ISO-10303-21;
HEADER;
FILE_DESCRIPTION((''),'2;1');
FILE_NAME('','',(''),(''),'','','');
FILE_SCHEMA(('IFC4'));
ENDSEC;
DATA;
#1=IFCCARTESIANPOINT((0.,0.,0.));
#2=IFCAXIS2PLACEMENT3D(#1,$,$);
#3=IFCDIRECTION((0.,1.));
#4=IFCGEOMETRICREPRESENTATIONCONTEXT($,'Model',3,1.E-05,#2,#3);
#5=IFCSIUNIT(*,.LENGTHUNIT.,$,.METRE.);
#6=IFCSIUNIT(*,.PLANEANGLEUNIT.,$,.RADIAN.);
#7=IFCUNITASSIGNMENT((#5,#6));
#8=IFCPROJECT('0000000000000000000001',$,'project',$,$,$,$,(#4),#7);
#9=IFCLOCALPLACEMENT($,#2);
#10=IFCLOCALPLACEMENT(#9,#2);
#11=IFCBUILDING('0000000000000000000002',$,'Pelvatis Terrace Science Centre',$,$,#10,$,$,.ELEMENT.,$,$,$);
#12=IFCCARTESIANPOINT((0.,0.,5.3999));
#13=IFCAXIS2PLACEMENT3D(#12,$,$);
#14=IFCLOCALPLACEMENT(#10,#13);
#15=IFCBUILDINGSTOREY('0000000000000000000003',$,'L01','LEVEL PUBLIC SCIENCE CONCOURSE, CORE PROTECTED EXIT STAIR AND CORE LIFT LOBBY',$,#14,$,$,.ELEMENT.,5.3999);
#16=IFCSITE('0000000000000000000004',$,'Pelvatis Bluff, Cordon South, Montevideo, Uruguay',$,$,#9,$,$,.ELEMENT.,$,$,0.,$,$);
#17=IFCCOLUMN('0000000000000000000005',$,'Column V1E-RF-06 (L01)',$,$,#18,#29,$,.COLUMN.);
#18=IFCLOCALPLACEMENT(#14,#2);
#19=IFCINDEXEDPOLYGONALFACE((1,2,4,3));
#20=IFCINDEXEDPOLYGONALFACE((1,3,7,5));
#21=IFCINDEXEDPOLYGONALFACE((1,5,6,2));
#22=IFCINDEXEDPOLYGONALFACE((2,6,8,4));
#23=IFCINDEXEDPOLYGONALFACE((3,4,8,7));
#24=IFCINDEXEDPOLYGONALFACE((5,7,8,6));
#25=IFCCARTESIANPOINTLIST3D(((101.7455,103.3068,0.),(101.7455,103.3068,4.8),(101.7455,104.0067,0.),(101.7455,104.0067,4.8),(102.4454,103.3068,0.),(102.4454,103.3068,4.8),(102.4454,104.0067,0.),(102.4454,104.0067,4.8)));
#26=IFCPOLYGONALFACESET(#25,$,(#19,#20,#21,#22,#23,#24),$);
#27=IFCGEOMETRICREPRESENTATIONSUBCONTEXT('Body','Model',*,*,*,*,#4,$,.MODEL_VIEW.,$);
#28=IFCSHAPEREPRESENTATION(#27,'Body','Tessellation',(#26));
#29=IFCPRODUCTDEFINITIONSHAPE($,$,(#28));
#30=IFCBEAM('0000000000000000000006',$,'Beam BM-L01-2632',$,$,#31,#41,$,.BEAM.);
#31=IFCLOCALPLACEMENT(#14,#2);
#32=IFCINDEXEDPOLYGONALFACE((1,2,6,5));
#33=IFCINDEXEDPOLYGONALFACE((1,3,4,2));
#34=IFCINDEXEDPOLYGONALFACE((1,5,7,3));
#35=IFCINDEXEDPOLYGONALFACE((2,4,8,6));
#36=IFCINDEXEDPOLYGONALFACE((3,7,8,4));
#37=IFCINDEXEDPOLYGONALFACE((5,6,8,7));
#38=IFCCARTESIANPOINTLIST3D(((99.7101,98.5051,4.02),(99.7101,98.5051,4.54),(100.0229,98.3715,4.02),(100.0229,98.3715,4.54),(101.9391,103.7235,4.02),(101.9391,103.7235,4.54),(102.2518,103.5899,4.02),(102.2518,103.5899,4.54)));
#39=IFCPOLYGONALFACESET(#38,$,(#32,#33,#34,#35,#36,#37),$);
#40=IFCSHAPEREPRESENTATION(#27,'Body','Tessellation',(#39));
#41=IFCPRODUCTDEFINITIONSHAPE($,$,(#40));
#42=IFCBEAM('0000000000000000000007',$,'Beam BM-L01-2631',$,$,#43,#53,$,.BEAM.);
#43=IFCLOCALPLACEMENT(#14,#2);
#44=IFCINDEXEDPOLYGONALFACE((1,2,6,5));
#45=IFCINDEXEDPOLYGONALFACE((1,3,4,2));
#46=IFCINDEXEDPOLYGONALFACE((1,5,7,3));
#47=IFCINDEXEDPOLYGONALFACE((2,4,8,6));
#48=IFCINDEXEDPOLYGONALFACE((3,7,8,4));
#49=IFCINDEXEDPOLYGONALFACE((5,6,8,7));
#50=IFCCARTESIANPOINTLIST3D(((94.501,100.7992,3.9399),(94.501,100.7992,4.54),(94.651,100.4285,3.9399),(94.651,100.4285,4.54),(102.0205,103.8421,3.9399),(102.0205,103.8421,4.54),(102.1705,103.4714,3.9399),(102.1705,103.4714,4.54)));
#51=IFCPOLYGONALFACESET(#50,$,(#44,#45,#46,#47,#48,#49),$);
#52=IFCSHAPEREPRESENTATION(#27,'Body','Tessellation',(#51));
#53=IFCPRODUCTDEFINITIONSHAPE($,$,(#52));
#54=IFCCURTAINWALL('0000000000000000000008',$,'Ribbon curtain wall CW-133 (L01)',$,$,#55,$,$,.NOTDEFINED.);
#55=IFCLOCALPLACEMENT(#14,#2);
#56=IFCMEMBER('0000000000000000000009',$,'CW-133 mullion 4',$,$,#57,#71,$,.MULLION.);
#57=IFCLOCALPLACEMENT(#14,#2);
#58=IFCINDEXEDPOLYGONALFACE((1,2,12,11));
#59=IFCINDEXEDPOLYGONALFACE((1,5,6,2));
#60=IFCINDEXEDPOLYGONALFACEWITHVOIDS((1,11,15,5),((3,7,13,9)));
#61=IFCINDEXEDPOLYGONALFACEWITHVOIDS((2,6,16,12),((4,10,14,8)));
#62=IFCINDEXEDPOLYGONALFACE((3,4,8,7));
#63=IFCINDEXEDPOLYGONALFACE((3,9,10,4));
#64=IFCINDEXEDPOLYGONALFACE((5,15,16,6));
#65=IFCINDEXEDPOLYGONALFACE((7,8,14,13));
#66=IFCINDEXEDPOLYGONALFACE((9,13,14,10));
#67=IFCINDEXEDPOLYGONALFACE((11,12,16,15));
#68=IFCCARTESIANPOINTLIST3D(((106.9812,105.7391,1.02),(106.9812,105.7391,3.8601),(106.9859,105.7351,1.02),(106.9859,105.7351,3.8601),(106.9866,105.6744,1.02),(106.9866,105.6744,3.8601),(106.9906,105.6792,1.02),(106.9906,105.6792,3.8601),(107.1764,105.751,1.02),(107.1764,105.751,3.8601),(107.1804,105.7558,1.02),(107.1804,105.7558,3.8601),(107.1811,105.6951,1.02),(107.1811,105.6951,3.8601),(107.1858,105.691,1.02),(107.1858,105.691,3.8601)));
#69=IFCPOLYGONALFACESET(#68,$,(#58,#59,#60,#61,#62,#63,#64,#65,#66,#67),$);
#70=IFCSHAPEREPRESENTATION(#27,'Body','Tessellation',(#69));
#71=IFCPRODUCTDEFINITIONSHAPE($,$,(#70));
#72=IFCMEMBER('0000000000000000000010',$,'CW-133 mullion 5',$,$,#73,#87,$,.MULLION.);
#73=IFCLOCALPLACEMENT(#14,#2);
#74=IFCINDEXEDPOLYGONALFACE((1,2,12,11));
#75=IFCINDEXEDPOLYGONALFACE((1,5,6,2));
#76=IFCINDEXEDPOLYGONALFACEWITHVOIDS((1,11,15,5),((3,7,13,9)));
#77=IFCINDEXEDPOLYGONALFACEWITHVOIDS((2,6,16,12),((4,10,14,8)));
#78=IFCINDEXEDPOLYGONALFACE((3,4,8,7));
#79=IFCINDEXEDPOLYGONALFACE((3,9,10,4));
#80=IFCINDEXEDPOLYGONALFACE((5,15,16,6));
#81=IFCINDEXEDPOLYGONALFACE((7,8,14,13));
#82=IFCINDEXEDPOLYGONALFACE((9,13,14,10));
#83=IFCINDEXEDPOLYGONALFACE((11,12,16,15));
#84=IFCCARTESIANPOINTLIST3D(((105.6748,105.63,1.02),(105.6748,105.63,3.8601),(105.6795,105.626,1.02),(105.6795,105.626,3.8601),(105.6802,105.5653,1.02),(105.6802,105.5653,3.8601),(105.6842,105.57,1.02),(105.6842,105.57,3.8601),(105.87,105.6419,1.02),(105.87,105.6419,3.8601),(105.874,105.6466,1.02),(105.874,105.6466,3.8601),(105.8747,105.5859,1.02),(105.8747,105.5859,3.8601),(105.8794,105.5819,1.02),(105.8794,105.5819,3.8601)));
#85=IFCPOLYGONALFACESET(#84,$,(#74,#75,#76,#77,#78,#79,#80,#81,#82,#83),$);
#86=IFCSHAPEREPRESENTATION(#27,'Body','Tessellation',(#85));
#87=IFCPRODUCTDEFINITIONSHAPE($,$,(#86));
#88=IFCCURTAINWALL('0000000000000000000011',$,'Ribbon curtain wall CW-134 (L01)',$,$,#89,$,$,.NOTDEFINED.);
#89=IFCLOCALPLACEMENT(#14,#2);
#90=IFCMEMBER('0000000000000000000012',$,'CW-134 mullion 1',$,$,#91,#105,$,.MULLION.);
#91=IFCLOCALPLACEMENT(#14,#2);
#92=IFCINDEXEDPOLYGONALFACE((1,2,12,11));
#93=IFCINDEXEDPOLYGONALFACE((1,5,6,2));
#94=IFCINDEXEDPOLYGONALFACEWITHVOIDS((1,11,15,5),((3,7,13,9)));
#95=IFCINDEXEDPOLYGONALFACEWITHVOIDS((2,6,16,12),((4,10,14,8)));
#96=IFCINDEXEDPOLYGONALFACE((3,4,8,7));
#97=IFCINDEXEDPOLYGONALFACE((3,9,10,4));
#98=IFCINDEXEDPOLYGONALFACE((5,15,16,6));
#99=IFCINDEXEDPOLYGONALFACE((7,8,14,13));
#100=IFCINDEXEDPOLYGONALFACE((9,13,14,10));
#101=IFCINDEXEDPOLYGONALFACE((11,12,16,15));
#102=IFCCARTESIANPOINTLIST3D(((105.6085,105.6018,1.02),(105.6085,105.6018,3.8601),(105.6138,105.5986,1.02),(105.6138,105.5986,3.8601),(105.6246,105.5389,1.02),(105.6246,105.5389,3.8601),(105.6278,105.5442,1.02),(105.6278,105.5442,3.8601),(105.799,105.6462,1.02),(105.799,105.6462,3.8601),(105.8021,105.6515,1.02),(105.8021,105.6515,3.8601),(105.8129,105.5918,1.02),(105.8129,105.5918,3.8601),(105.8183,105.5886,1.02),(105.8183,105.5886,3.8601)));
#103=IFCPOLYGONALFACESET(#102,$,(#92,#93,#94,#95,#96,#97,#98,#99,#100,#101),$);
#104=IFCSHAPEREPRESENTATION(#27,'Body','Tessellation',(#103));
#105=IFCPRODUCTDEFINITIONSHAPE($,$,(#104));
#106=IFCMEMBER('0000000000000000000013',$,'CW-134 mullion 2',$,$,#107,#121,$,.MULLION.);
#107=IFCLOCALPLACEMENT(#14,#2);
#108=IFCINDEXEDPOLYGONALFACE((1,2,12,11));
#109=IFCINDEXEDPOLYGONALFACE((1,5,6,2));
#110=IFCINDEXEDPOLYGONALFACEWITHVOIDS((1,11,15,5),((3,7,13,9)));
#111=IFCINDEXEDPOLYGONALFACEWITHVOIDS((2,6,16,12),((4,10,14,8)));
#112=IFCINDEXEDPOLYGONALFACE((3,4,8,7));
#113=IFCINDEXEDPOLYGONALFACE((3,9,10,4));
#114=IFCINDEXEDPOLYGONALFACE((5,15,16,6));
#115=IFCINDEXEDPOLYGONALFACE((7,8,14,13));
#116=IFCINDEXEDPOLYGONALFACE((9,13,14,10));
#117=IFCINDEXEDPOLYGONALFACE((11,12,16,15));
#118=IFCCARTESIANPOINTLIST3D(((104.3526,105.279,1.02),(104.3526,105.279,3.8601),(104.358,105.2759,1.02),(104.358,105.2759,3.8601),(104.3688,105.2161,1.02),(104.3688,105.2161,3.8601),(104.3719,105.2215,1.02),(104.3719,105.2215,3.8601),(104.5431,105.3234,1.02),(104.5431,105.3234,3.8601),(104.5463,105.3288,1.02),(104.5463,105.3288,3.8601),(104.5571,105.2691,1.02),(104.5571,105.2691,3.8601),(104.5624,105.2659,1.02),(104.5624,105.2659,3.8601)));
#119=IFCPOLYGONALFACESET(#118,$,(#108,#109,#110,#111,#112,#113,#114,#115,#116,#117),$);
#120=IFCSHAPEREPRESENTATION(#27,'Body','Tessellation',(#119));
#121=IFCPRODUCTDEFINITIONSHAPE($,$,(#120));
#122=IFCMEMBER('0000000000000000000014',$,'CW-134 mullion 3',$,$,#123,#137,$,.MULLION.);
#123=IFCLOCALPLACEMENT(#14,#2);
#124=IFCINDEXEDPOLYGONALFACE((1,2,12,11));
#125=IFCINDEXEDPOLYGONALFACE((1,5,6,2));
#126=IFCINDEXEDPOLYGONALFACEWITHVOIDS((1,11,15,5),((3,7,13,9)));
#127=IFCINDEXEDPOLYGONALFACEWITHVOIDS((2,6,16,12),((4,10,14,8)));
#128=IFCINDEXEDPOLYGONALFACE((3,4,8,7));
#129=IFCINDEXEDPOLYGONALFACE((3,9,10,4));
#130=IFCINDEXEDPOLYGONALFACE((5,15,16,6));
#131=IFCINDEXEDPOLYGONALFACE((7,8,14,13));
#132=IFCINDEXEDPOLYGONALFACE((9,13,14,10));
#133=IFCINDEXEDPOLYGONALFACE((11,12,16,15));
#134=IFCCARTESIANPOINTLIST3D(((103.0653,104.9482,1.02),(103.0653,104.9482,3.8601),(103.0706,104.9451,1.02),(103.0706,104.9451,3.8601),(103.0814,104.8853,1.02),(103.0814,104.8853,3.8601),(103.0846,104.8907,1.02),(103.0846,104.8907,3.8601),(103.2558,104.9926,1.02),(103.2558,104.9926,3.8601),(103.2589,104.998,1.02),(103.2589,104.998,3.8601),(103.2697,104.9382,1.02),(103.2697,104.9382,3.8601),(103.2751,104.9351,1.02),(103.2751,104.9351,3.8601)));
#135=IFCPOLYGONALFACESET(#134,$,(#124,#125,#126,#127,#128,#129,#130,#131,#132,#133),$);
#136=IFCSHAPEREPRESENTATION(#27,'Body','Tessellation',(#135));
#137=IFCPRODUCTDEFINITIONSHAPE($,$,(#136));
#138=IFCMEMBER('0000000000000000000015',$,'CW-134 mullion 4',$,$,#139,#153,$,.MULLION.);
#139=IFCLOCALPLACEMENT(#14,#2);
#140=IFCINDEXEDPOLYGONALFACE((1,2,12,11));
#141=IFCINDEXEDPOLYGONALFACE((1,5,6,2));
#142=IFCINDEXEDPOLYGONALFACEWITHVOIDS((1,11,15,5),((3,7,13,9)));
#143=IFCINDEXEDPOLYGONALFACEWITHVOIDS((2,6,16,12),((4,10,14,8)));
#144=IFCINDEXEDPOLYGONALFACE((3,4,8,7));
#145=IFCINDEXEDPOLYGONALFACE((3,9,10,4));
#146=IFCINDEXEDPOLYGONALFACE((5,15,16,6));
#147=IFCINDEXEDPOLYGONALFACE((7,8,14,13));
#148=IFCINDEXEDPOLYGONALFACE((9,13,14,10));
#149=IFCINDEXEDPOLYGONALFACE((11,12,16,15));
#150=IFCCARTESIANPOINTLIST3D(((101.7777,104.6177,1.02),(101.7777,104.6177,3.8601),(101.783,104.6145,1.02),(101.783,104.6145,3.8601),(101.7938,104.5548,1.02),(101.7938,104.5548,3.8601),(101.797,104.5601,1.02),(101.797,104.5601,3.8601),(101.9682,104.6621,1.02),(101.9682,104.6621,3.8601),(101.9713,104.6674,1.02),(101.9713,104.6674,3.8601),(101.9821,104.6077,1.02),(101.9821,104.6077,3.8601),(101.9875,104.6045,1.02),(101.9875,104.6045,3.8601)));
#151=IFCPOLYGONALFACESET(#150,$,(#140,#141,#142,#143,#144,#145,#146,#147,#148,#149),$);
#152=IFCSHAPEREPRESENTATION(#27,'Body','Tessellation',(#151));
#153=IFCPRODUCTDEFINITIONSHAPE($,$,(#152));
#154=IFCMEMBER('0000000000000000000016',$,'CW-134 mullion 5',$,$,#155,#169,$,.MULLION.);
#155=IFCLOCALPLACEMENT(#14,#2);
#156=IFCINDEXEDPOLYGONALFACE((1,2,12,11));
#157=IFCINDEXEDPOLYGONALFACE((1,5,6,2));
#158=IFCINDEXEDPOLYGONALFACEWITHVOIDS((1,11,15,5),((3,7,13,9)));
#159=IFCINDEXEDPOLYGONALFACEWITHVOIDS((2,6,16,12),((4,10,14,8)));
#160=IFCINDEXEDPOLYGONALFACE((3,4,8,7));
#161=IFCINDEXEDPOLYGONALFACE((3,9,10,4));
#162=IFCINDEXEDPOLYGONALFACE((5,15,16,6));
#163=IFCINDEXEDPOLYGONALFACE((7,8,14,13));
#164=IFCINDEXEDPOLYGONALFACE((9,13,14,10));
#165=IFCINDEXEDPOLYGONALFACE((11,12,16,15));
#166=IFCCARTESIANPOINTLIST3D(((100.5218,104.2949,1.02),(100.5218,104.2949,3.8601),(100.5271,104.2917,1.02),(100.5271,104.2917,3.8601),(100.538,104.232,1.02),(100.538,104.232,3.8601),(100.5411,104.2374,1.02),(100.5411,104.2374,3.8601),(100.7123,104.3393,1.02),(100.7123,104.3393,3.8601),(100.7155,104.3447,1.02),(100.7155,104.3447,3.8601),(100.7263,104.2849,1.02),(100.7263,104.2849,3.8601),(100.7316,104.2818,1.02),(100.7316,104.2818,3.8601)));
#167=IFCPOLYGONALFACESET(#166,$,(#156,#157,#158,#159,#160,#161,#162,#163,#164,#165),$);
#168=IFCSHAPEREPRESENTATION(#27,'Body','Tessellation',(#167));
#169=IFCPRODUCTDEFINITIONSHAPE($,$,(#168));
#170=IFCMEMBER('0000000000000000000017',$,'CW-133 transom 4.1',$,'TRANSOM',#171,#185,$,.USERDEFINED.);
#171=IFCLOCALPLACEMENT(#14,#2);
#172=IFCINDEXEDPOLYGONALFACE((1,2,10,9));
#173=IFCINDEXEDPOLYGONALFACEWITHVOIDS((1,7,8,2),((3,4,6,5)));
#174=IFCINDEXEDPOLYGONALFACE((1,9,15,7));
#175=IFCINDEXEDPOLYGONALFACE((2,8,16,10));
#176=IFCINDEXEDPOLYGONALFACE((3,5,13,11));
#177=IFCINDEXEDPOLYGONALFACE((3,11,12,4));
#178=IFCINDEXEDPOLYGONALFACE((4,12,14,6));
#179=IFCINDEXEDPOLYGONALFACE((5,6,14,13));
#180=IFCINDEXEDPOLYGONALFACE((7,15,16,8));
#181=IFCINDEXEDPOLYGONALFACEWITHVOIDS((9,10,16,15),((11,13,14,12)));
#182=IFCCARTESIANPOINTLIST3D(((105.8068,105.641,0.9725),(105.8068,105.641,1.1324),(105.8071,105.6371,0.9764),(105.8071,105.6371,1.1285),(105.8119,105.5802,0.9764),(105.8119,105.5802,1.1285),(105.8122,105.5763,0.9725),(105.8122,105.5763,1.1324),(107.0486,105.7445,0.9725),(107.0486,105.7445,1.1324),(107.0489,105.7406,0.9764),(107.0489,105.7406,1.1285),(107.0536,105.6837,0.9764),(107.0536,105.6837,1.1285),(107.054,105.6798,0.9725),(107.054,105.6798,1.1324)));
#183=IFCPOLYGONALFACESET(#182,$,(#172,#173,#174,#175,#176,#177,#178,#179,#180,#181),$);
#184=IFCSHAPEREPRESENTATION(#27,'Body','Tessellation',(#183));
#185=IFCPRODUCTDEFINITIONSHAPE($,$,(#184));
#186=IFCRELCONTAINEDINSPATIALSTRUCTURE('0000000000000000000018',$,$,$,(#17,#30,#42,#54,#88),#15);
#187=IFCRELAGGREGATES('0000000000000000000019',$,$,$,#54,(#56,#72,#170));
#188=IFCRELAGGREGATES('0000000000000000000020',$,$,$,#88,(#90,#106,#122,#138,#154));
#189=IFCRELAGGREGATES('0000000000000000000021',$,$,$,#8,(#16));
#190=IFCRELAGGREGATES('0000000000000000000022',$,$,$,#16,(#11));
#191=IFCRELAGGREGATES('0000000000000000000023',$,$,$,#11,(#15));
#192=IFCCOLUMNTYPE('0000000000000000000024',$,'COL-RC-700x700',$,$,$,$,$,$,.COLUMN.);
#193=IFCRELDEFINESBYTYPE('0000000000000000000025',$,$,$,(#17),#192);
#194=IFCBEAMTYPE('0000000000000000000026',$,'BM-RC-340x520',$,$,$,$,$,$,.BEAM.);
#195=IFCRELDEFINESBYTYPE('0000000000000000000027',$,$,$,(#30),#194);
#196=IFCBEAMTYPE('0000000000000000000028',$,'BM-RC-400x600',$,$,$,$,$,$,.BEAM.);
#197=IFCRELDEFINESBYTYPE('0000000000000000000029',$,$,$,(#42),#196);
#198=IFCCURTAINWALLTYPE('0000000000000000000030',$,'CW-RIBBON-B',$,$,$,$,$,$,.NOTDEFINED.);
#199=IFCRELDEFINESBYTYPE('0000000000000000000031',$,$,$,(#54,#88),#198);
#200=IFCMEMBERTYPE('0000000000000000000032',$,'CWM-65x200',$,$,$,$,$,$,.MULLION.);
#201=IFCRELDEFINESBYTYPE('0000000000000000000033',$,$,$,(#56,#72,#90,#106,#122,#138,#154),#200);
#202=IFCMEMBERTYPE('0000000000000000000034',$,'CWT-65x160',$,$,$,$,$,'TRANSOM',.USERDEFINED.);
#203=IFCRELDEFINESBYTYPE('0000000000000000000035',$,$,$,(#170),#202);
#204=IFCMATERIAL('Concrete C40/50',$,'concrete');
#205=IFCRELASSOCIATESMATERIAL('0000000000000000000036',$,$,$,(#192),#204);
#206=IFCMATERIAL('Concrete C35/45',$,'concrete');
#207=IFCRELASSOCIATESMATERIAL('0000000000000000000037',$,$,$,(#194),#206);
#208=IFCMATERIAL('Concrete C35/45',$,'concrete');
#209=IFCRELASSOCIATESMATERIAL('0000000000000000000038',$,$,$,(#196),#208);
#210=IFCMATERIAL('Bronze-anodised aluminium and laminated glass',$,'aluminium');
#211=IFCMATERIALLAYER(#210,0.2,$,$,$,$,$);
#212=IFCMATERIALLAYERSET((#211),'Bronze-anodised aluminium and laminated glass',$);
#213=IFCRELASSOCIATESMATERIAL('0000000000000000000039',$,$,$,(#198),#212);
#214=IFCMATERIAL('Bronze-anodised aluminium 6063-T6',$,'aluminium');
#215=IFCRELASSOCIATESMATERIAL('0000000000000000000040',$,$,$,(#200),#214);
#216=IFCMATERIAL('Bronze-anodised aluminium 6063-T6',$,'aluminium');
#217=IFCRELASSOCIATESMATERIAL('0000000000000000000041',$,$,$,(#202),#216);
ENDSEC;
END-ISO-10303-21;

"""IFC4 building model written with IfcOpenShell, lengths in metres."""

from ifc_helpers import new_model, si_unit, direction, frame, origin, origin_2d, place, context, subcontext, project, spatial, rectangle, hollow_rectangle, extrude, material, layer, layer_set, material_profile, profile_set, type_object, element, aggregate, save


model = new_model("IFC4")

# Units and contexts
model_context = context("Model", 3, precision=1e-05, world=origin(), true_north=direction((0.0, 1.0)))
body_context = subcontext(model_context, "Body", "Model", "MODEL_VIEW")
ifc_project = project(units=[si_unit("LENGTHUNIT", "METRE"), si_unit("PLANEANGLEUNIT", "RADIAN")], contexts=[model_context])

# Site, building, storey
site_placement = place(None, origin())
site = spatial("IfcSite", under=ifc_project, at=site_placement, Name="Pelvatis Bluff, Cordon South, Montevideo, Uruguay", CompositionType="ELEMENT", RefElevation=0.0)
building_placement = place(site_placement, origin())
building = spatial("IfcBuilding", under=site, at=building_placement, Name="Pelvatis Terrace Science Centre", CompositionType="ELEMENT")
storey_placement = place(building_placement, frame((0.0, 0.0, 5.3999)))
storey = spatial("IfcBuildingStorey", under=building, at=storey_placement, Name="L01", Description="LEVEL PUBLIC SCIENCE CONCOURSE, CORE PROTECTED EXIT STAIR AND CORE LIFT LOBBY", CompositionType="ELEMENT", Elevation=5.3999)

# Column
ifc_material_1 = material(Name="Concrete C40/50", Category="concrete")
ifc_material_profile_1 = material_profile(ifc_material_1, rectangle(XDim=0.7, YDim=0.7, at=origin_2d()), Name="RC-COL 700x700")
ifc_profile_set_1 = profile_set([ifc_material_profile_1], Name="Concrete C40/50")
column_type = type_object("IfcColumnType", Name="COL-RC-700x700", PredefinedType="COLUMN", material=ifc_profile_set_1)
column_placement = place(storey_placement, frame((102.0955, 103.6567, 0.0), z_axis=(0.0, 0.0, 1.0), x_axis=(1.0, 0.0, 0.0)))
element("IfcColumn", 1, at=column_placement, inside=storey, type_object=column_type, Name="Column V1E-RF-06 (L01)", PredefinedType="COLUMN", context=body_context, shape_type="SweptSolid", body=[
    extrude(rectangle(XDim=0.7, YDim=0.7, at=origin_2d()), origin(), (0.0, 0.0, 1.0), 4.8),
])

# Beams
ifc_material_2 = material(Name="Concrete C35/45", Category="concrete")
ifc_material_profile_2 = material_profile(ifc_material_2, rectangle(XDim=0.3401, YDim=0.52, at=origin_2d()), Name="RC-BM 340x520")
ifc_profile_set_2 = profile_set([ifc_material_profile_2], Name="Concrete C35/45")
beam_type_1 = type_object("IfcBeamType", Name="BM-RC-340x520", PredefinedType="BEAM", material=ifc_profile_set_2)
beam_1_placement = place(storey_placement, frame((102.0955, 103.6567, 4.28), z_axis=(-0.392803, -0.919623, 0.0), x_axis=(0.919623, -0.392803, 0.0)))
element("IfcBeam", 2, at=beam_1_placement, inside=storey, type_object=beam_type_1, Name="Beam BM-L01-2632", PredefinedType="BEAM", context=body_context, shape_type="SweptSolid", body=[
    extrude(rectangle(XDim=0.3401, YDim=0.52, at=origin_2d()), origin(), (0.0, 0.0, 1.0), 5.6746),
])
ifc_material_3 = material(Name="Concrete C35/45", Category="concrete")
ifc_material_profile_3 = material_profile(ifc_material_3, rectangle(XDim=0.3999, YDim=0.6001, at=origin_2d()), Name="RC-BM 400x600")
ifc_profile_set_3 = profile_set([ifc_material_profile_3], Name="Concrete C35/45")
beam_type_2 = type_object("IfcBeamType", Name="BM-RC-400x600", PredefinedType="BEAM", material=ifc_profile_set_3)
beam_2_placement = place(storey_placement, frame((102.0955, 103.6567, 4.24), z_axis=(-0.926975, -0.375124, 0.0), x_axis=(0.375124, -0.926975, 0.0)))
element("IfcBeam", 3, at=beam_2_placement, inside=storey, type_object=beam_type_2, Name="Beam BM-L01-2631", PredefinedType="BEAM", context=body_context, shape_type="SweptSolid", body=[
    extrude(rectangle(XDim=0.3999, YDim=0.6001, at=origin_2d()), origin(), (0.0, 0.0, 1.0), 8.1118),
])

# Curtain walls, members
ifc_material_4 = material(Name="Bronze-anodised aluminium and laminated glass", Category="aluminium")
ifc_layer_1 = layer(ifc_material_4, 0.2)
ifc_layer_set_1 = layer_set([ifc_layer_1], Name="Bronze-anodised aluminium and laminated glass")
curtain_wall_type = type_object("IfcCurtainWallType", Name="CW-RIBBON-B", PredefinedType="NOTDEFINED", material=ifc_layer_set_1)
curtain_wall_1_placement = place(storey_placement, origin())
curtain_wall_1 = element("IfcCurtainWall", 4, at=curtain_wall_1_placement, inside=storey, type_object=curtain_wall_type, Name="Ribbon curtain wall CW-133 (L01)", PredefinedType="NOTDEFINED")
ifc_material_5 = material(Name="Bronze-anodised aluminium 6063-T6", Category="aluminium")
ifc_material_profile_4 = material_profile(ifc_material_5, hollow_rectangle(XDim=0.0649, YDim=0.2, WallThickness=0.0044, at=origin_2d()), Name="ALU-MUL 65x200")
ifc_profile_set_4 = profile_set([ifc_material_profile_4], Name="Bronze-anodised aluminium 6063-T6")
member_type_1 = type_object("IfcMemberType", Name="CWM-65x200", PredefinedType="MULLION", material=ifc_profile_set_4)
member_1_placement = place(storey_placement, frame((107.0835, 105.7151, 1.02), z_axis=(0.0, 0.0, 1.0), x_axis=(0.083126, -0.996539, 0.0)))
member_1 = element("IfcMember", 5, at=member_1_placement, type_object=member_type_1, Name="CW-133 mullion 4", PredefinedType="MULLION", context=body_context, shape_type="SweptSolid", body=[
    extrude(hollow_rectangle(XDim=0.0649, YDim=0.2, WallThickness=0.0044, at=origin_2d()), origin(), (0.0, 0.0, 1.0), 2.8401),
])
member_2_placement = place(storey_placement, frame((105.7771, 105.606, 1.02), z_axis=(0.0, 0.0, 1.0), x_axis=(0.083126, -0.996539, 0.0)))
member_2 = element("IfcMember", 6, at=member_2_placement, type_object=member_type_1, Name="CW-133 mullion 5", PredefinedType="MULLION", context=body_context, shape_type="SweptSolid", body=[
    extrude(hollow_rectangle(XDim=0.0649, YDim=0.2, WallThickness=0.0044, at=origin_2d()), origin(), (0.0, 0.0, 1.0), 2.8401),
])
curtain_wall_2_placement = place(storey_placement, origin())
curtain_wall_2 = element("IfcCurtainWall", 7, at=curtain_wall_2_placement, inside=storey, type_object=curtain_wall_type, Name="Ribbon curtain wall CW-134 (L01)", PredefinedType="NOTDEFINED")
member_3_placement = place(storey_placement, frame((105.7134, 105.5952, 1.02), z_axis=(0.0, 0.0, 1.0), x_axis=(0.248855, -0.968541, 0.0)))
member_3 = element("IfcMember", 8, at=member_3_placement, type_object=member_type_1, Name="CW-134 mullion 1", PredefinedType="MULLION", context=body_context, shape_type="SweptSolid", body=[
    extrude(hollow_rectangle(XDim=0.0649, YDim=0.2, WallThickness=0.0044, at=origin_2d()), origin(), (0.0, 0.0, 1.0), 2.8401),
])
member_4_placement = place(storey_placement, frame((104.4575, 105.2725, 1.02), z_axis=(0.0, 0.0, 1.0), x_axis=(0.248855, -0.968541, 0.0)))
member_4 = element("IfcMember", 9, at=member_4_placement, type_object=member_type_1, Name="CW-134 mullion 2", PredefinedType="MULLION", context=body_context, shape_type="SweptSolid", body=[
    extrude(hollow_rectangle(XDim=0.0649, YDim=0.2, WallThickness=0.0044, at=origin_2d()), origin(), (0.0, 0.0, 1.0), 2.8401),
])
member_5_placement = place(storey_placement, frame((103.1702, 104.9417, 1.02), z_axis=(0.0, 0.0, 1.0), x_axis=(0.248855, -0.968541, 0.0)))
member_5 = element("IfcMember", 10, at=member_5_placement, type_object=member_type_1, Name="CW-134 mullion 3", PredefinedType="MULLION", context=body_context, shape_type="SweptSolid", body=[
    extrude(hollow_rectangle(XDim=0.0649, YDim=0.2, WallThickness=0.0044, at=origin_2d()), origin(), (0.0, 0.0, 1.0), 2.8401),
])
member_6_placement = place(storey_placement, frame((101.8826, 104.6111, 1.02), z_axis=(0.0, 0.0, 1.0), x_axis=(0.248855, -0.968541, 0.0)))
member_6 = element("IfcMember", 11, at=member_6_placement, type_object=member_type_1, Name="CW-134 mullion 4", PredefinedType="MULLION", context=body_context, shape_type="SweptSolid", body=[
    extrude(hollow_rectangle(XDim=0.0649, YDim=0.2, WallThickness=0.0044, at=origin_2d()), origin(), (0.0, 0.0, 1.0), 2.8401),
])
member_7_placement = place(storey_placement, frame((100.6267, 104.2883, 1.02), z_axis=(0.0, 0.0, 1.0), x_axis=(0.248855, -0.968541, 0.0)))
member_7 = element("IfcMember", 12, at=member_7_placement, type_object=member_type_1, Name="CW-134 mullion 5", PredefinedType="MULLION", context=body_context, shape_type="SweptSolid", body=[
    extrude(hollow_rectangle(XDim=0.0649, YDim=0.2, WallThickness=0.0044, at=origin_2d()), origin(), (0.0, 0.0, 1.0), 2.8401),
])

# Member
ifc_material_6 = material(Name="Bronze-anodised aluminium 6063-T6", Category="aluminium")
ifc_material_profile_5 = material_profile(ifc_material_6, hollow_rectangle(XDim=0.0649, YDim=0.1599, WallThickness=0.0039, at=origin_2d()), Name="ALU-TRN 65x160")
ifc_profile_set_5 = profile_set([ifc_material_profile_5], Name="Bronze-anodised aluminium 6063-T6")
member_type_2 = type_object("IfcMemberType", Name="CWT-65x160", ElementType="TRANSOM", PredefinedType="USERDEFINED", material=ifc_profile_set_5)
member_8_placement = place(storey_placement, frame((107.0513, 105.7122, 1.0525), z_axis=(-0.996543, -0.083078, 0.0), x_axis=(0.083078, -0.996543, 0.0)))
member_8 = element("IfcMember", 13, at=member_8_placement, type_object=member_type_2, Name="CW-133 transom 4.1", ObjectType="TRANSOM", PredefinedType="USERDEFINED", context=body_context, shape_type="SweptSolid", body=[
    extrude(hollow_rectangle(XDim=0.0649, YDim=0.1599, WallThickness=0.0039, at=origin_2d()), origin(), (0.0, 0.0, 1.0), 1.2461),
])

aggregate(curtain_wall_1, [member_1, member_2, member_8])
aggregate(curtain_wall_2, [member_3, member_4, member_5, member_6, member_7])

save(model, "model.ifc")
